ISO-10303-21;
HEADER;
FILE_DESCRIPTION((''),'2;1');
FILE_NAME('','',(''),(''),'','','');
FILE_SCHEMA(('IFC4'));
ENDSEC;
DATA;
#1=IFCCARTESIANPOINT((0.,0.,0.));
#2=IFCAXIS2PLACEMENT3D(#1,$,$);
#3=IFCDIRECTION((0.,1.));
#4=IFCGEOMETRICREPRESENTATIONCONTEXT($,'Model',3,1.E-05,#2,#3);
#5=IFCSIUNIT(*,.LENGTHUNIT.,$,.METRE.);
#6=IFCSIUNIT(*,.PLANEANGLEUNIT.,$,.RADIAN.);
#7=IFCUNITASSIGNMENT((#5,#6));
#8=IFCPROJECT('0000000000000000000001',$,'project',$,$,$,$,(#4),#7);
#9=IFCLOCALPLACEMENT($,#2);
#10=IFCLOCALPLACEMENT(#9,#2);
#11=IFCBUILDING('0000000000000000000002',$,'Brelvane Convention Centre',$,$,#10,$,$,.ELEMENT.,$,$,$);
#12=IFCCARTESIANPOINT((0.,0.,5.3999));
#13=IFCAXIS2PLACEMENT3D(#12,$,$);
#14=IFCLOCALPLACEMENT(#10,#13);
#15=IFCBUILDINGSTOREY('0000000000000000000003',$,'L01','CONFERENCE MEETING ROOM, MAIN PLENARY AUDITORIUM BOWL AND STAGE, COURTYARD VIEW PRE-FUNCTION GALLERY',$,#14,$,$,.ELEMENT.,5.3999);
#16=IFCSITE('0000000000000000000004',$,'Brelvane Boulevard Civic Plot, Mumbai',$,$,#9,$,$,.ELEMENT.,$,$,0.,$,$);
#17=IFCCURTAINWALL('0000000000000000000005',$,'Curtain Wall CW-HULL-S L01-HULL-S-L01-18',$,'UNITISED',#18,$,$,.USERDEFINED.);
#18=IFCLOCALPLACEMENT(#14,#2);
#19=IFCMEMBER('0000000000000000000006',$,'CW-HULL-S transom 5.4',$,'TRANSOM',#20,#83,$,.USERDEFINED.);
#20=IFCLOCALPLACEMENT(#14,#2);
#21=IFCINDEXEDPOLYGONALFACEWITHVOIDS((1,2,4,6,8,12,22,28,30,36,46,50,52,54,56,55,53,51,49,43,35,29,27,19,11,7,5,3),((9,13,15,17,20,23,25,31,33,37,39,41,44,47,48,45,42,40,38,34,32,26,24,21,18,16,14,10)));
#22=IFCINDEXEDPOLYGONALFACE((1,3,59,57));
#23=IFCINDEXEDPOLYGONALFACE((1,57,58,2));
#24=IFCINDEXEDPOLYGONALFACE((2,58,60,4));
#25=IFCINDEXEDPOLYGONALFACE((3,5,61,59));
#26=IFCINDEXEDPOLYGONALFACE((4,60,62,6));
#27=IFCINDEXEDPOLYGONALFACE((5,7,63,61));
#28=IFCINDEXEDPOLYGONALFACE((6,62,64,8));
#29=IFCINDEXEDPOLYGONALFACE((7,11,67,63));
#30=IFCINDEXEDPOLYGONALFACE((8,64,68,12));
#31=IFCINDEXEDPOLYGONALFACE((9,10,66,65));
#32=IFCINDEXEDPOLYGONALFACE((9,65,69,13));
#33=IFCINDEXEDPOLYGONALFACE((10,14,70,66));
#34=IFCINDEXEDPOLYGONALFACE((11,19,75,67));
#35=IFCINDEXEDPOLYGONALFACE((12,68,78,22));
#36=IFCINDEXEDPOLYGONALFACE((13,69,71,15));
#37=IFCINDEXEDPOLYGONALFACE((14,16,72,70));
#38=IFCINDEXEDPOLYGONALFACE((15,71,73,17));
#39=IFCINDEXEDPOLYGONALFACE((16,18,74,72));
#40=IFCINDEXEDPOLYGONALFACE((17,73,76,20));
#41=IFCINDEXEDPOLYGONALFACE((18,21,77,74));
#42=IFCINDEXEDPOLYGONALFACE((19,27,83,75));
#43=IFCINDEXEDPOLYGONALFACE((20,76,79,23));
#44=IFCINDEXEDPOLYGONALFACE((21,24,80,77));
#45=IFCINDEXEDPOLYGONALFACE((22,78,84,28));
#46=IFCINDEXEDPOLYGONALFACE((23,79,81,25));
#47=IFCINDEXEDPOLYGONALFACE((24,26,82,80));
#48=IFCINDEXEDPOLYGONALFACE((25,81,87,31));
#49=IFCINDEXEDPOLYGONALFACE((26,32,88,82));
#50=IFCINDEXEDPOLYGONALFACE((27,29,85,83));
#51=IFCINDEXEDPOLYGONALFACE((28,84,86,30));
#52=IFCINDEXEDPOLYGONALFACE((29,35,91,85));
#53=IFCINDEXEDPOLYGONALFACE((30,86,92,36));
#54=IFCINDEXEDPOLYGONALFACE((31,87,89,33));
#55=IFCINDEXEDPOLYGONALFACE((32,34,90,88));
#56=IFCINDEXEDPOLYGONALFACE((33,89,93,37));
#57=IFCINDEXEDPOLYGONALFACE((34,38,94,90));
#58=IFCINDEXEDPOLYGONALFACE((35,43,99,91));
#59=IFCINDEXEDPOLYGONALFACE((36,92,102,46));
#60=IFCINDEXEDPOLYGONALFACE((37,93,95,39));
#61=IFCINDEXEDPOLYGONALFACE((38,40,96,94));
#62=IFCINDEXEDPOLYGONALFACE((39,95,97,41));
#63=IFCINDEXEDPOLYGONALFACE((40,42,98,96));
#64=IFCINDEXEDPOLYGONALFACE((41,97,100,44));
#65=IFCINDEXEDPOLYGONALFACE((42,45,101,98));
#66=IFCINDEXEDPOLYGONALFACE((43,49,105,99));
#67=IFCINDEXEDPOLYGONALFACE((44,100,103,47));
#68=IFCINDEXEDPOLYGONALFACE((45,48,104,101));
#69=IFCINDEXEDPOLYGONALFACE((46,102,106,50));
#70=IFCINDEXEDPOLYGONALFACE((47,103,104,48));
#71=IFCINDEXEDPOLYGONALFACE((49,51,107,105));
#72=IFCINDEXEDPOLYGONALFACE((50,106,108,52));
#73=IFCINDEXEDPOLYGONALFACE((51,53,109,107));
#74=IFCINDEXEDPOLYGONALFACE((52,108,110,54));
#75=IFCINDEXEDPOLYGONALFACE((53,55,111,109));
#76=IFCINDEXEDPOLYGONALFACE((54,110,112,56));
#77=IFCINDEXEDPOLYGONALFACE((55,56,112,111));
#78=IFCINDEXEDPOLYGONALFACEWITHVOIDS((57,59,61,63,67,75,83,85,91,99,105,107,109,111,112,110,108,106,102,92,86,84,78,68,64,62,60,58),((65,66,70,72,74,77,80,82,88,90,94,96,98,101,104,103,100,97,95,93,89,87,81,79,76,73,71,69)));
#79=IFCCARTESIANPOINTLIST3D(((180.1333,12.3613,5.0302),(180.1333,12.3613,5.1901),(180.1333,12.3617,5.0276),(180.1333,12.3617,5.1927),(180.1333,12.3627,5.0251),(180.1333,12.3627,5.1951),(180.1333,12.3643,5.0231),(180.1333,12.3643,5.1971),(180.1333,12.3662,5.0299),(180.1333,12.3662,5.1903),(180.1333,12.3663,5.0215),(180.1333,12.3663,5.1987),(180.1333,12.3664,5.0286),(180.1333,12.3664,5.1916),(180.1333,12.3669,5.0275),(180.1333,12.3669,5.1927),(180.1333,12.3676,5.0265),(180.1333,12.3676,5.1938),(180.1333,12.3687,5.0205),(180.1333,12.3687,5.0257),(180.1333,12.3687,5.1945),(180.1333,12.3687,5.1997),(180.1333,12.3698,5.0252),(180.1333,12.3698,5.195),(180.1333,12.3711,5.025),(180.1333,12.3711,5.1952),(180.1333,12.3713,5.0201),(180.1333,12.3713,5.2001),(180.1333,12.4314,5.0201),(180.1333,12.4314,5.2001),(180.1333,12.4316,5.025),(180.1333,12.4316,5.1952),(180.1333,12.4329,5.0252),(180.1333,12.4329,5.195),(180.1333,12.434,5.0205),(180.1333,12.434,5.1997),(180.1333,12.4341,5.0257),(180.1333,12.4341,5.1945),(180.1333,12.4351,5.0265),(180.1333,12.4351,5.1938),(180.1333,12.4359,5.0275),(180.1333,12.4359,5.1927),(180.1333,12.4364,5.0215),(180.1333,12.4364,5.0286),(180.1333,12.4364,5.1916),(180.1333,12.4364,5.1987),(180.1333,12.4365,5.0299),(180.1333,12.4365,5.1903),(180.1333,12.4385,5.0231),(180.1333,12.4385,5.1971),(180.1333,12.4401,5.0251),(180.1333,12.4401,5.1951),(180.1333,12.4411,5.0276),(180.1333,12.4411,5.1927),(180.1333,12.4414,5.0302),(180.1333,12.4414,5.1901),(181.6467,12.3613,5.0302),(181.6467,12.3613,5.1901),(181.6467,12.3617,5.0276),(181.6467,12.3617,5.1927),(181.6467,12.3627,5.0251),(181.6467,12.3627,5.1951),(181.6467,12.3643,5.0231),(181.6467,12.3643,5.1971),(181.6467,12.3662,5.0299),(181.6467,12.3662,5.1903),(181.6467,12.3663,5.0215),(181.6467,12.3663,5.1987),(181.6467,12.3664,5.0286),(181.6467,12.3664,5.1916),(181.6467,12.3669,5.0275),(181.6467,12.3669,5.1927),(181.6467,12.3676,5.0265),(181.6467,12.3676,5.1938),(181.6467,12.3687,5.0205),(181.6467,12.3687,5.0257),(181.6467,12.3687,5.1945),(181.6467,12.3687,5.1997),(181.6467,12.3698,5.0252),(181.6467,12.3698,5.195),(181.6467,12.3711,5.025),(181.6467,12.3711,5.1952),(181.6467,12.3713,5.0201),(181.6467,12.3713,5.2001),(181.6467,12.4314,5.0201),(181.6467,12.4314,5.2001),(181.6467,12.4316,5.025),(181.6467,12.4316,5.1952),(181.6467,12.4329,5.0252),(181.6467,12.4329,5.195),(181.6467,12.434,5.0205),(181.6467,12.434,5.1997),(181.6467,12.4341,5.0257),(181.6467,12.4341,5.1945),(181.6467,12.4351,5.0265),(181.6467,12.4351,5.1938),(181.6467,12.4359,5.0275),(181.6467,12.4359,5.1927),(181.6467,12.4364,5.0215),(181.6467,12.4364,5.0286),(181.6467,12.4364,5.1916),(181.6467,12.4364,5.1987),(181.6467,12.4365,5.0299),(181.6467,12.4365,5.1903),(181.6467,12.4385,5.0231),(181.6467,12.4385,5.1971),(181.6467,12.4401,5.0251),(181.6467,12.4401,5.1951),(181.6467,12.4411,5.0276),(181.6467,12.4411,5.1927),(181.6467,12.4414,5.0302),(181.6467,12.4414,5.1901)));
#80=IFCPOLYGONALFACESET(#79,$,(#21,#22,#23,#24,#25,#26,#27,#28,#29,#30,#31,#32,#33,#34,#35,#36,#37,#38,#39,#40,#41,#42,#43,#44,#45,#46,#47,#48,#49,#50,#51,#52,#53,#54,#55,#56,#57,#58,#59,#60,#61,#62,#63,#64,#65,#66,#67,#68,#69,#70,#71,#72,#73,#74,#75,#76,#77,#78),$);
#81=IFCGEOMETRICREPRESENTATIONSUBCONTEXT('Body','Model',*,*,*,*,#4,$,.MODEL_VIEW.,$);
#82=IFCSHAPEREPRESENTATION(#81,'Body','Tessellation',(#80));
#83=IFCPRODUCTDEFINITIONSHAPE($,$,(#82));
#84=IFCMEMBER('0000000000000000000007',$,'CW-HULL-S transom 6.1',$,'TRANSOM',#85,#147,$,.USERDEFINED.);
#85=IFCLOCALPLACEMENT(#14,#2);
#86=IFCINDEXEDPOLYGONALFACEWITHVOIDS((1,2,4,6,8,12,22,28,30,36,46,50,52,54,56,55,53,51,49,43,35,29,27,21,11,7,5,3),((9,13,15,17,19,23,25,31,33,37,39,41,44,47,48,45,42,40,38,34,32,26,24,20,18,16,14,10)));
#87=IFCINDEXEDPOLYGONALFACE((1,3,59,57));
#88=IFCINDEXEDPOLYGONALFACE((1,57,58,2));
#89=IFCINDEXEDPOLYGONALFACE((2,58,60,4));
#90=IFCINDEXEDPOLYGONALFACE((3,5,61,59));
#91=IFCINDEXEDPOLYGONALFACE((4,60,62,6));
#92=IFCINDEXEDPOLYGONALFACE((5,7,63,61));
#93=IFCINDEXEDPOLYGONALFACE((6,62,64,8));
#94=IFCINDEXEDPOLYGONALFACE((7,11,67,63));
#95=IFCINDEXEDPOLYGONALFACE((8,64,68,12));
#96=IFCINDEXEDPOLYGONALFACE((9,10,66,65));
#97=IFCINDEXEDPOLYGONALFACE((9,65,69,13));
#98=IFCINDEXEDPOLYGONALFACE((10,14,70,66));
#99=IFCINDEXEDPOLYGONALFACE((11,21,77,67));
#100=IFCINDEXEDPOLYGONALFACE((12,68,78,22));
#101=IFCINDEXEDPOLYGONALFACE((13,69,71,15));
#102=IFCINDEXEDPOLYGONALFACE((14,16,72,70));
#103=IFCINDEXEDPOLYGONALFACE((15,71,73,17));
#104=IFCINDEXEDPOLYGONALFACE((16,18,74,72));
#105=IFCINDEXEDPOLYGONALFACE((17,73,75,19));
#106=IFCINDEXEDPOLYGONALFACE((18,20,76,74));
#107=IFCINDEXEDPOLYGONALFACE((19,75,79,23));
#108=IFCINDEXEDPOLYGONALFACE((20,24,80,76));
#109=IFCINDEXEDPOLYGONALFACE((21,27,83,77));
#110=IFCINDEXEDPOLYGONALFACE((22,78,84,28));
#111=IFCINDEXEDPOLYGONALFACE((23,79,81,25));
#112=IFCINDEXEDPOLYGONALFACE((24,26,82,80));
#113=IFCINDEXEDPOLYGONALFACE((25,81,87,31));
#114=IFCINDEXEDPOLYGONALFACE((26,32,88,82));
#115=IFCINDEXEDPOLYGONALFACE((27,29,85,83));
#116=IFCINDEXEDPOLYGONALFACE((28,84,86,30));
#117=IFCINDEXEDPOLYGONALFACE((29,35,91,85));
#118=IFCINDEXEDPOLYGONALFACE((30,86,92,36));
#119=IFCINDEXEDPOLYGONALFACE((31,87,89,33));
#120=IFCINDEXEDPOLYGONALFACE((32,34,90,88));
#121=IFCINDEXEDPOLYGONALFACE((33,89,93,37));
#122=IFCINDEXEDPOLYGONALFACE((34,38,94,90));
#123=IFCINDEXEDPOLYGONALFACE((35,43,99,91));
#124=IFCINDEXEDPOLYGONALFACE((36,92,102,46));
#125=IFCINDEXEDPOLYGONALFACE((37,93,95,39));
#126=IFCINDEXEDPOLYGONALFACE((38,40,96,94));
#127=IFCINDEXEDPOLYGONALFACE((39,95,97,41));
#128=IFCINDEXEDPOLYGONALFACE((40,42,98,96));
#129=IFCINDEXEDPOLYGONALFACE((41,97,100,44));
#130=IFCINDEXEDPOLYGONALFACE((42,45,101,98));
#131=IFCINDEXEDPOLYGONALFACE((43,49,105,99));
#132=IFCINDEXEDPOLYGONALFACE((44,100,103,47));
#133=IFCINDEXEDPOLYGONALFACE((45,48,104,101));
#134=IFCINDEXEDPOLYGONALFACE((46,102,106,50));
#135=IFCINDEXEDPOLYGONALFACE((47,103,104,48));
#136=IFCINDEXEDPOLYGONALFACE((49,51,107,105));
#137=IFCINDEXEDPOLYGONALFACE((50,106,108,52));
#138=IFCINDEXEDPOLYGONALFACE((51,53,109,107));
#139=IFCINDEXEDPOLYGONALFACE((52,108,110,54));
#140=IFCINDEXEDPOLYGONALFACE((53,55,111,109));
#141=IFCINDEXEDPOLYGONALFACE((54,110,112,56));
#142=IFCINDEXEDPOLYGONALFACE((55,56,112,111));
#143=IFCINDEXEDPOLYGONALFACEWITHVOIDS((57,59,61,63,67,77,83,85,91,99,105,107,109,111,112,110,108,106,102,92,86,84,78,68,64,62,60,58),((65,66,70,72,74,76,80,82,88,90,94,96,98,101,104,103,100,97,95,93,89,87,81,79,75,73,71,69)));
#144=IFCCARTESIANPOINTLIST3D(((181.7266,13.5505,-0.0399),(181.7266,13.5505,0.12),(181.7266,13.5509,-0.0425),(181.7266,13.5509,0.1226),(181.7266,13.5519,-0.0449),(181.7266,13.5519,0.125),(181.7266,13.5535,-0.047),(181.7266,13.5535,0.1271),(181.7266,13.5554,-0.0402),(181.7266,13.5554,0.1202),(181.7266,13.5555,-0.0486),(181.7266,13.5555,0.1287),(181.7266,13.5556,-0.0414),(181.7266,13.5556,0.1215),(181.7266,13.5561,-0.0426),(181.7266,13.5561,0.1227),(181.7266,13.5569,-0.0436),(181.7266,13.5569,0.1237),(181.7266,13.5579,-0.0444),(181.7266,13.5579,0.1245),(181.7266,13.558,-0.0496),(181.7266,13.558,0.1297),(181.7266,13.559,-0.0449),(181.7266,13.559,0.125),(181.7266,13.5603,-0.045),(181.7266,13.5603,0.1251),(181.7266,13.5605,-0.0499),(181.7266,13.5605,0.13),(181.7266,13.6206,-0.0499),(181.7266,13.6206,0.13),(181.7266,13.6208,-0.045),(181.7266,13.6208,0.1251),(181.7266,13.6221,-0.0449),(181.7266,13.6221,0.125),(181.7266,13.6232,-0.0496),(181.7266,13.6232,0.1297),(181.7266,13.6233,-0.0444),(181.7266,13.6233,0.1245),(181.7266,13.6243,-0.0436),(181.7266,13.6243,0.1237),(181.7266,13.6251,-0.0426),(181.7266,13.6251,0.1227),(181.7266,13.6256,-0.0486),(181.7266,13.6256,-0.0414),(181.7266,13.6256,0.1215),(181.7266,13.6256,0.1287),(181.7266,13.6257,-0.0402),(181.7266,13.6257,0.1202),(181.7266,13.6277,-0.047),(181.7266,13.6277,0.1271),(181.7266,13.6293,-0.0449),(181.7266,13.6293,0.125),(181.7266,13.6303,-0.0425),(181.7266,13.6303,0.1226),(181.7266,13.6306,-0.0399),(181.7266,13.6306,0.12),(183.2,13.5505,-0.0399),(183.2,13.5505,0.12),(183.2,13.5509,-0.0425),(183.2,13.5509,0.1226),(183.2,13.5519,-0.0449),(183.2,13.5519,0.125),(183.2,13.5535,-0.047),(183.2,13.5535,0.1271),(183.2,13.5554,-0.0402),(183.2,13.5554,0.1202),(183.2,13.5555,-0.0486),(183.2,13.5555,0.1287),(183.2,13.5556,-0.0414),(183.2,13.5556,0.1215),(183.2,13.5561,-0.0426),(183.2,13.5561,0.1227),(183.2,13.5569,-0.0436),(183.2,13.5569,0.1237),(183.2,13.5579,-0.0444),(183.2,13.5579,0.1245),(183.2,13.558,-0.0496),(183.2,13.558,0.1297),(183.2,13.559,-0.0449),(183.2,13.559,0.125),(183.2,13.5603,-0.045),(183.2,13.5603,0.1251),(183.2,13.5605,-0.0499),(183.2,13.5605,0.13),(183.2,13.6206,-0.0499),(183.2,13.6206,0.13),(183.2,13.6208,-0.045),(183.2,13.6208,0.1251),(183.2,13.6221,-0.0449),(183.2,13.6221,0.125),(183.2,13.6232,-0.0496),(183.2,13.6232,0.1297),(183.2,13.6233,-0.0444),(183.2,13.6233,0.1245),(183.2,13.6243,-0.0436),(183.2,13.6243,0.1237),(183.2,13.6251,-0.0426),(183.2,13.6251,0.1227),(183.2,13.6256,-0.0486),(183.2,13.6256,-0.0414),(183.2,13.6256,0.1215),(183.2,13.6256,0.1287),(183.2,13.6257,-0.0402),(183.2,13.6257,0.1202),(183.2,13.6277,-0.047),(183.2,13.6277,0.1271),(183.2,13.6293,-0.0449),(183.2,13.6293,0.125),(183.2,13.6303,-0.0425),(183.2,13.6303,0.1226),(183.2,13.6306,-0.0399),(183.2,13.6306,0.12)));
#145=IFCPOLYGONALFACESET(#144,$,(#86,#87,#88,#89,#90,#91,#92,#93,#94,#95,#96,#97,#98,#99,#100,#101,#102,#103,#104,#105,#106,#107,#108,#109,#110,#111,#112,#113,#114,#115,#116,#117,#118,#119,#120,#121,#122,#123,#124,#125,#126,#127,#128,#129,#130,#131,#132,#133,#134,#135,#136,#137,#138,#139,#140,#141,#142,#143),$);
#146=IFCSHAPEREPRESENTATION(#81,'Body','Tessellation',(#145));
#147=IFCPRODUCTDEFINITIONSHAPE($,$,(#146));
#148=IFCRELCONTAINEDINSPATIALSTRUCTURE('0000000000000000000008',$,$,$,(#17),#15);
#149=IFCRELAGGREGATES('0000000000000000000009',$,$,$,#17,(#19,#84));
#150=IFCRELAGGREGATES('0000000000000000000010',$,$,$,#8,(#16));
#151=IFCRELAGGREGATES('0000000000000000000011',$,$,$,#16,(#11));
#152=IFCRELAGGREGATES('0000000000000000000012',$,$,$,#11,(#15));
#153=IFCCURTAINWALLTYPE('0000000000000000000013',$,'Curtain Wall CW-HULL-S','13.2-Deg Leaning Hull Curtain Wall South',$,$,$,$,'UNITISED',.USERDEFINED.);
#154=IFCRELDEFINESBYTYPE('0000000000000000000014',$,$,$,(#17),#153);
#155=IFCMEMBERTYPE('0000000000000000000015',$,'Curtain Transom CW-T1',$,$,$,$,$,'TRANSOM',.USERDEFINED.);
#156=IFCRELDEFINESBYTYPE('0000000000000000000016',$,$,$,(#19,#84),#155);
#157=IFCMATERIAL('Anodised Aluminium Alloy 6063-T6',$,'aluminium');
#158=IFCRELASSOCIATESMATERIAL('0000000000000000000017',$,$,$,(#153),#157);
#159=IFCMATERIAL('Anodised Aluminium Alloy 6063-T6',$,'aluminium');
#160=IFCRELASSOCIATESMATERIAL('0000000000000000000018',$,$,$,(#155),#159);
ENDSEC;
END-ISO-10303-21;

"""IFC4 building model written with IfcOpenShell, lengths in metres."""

from ifc_helpers import new_model, si_unit, direction, frame, origin, origin_2d, place, context, subcontext, project, spatial, hollow_rectangle, extrude, material, material_profile, profile_set, type_object, element, aggregate, save


model = new_model("IFC4")

# Units and contexts
model_context = context("Model", 3, precision=1e-05, world=origin(), true_north=direction((0.0, 1.0)))
body_context = subcontext(model_context, "Body", "Model", "MODEL_VIEW")
ifc_project = project(units=[si_unit("LENGTHUNIT", "METRE"), si_unit("PLANEANGLEUNIT", "RADIAN")], contexts=[model_context])

# Site, building, storey
site_placement = place(None, origin())
site = spatial("IfcSite", under=ifc_project, at=site_placement, Name="Brelvane Boulevard Civic Plot, Mumbai", CompositionType="ELEMENT", RefElevation=0.0)
building_placement = place(site_placement, origin())
building = spatial("IfcBuilding", under=site, at=building_placement, Name="Brelvane Convention Centre", CompositionType="ELEMENT")
storey_placement = place(building_placement, frame((0.0, 0.0, 5.3999)))
storey = spatial("IfcBuildingStorey", under=building, at=storey_placement, Name="L01", Description="CONFERENCE MEETING ROOM, MAIN PLENARY AUDITORIUM BOWL AND STAGE, COURTYARD VIEW PRE-FUNCTION GALLERY", CompositionType="ELEMENT", Elevation=5.3999)

# Curtain wall, members
ifc_material_1 = material(Name="Anodised Aluminium Alloy 6063-T6", Category="aluminium")
curtain_wall_type = type_object("IfcCurtainWallType", Name="Curtain Wall CW-HULL-S", Description="13.2-Deg Leaning Hull Curtain Wall South", ElementType="UNITISED", PredefinedType="USERDEFINED", material=ifc_material_1)
curtain_wall_1_placement = place(storey_placement, origin())
curtain_wall_1 = element("IfcCurtainWall", 1, at=curtain_wall_1_placement, inside=storey, type_object=curtain_wall_type, Name="Curtain Wall CW-HULL-S L01-HULL-S-L01-18", ObjectType="UNITISED", PredefinedType="USERDEFINED")
ifc_material_2 = material(Name="Anodised Aluminium Alloy 6063-T6", Category="aluminium")
ifc_material_profile = material_profile(ifc_material_2, hollow_rectangle(XDim=0.0801, YDim=0.1799, WallThickness=0.0049, InnerFilletRadius=0.0049, OuterFilletRadius=0.01, at=origin_2d()), Name="ALU-T 180x80x5.0")
ifc_profile_set = profile_set([ifc_material_profile], Name="Anodised Aluminium Alloy 6063-T6")
member_type = type_object("IfcMemberType", Name="Curtain Transom CW-T1", ElementType="TRANSOM", PredefinedType="USERDEFINED", material=ifc_profile_set)
member_1_placement = place(storey_placement, frame((180.1333, 12.4014, 5.1101), z_axis=(1.0, 0.0, 0.0), x_axis=(0.0, 1.0, 0.0)))
member_1 = element("IfcMember", 2, at=member_1_placement, type_object=member_type, Name="CW-HULL-S transom 5.4", ObjectType="TRANSOM", PredefinedType="USERDEFINED", context=body_context, shape_type="SweptSolid", body=[
    extrude(hollow_rectangle(XDim=0.0801, YDim=0.1799, WallThickness=0.0049, InnerFilletRadius=0.0049, OuterFilletRadius=0.01, at=origin_2d()), origin(), (0.0, 0.0, 1.0), 1.5134),
])
member_2_placement = place(storey_placement, frame((181.7266, 13.5906, 0.04), z_axis=(1.0, 0.0, 0.0), x_axis=(0.0, 1.0, 0.0)))
member_2 = element("IfcMember", 3, at=member_2_placement, type_object=member_type, Name="CW-HULL-S transom 6.1", ObjectType="TRANSOM", PredefinedType="USERDEFINED", context=body_context, shape_type="SweptSolid", body=[
    extrude(hollow_rectangle(XDim=0.0801, YDim=0.1799, WallThickness=0.0049, InnerFilletRadius=0.0049, OuterFilletRadius=0.01, at=origin_2d()), origin(), (0.0, 0.0, 1.0), 1.4734),
])

aggregate(curtain_wall_1, [member_1, member_2])

save(model, "model.ifc")
